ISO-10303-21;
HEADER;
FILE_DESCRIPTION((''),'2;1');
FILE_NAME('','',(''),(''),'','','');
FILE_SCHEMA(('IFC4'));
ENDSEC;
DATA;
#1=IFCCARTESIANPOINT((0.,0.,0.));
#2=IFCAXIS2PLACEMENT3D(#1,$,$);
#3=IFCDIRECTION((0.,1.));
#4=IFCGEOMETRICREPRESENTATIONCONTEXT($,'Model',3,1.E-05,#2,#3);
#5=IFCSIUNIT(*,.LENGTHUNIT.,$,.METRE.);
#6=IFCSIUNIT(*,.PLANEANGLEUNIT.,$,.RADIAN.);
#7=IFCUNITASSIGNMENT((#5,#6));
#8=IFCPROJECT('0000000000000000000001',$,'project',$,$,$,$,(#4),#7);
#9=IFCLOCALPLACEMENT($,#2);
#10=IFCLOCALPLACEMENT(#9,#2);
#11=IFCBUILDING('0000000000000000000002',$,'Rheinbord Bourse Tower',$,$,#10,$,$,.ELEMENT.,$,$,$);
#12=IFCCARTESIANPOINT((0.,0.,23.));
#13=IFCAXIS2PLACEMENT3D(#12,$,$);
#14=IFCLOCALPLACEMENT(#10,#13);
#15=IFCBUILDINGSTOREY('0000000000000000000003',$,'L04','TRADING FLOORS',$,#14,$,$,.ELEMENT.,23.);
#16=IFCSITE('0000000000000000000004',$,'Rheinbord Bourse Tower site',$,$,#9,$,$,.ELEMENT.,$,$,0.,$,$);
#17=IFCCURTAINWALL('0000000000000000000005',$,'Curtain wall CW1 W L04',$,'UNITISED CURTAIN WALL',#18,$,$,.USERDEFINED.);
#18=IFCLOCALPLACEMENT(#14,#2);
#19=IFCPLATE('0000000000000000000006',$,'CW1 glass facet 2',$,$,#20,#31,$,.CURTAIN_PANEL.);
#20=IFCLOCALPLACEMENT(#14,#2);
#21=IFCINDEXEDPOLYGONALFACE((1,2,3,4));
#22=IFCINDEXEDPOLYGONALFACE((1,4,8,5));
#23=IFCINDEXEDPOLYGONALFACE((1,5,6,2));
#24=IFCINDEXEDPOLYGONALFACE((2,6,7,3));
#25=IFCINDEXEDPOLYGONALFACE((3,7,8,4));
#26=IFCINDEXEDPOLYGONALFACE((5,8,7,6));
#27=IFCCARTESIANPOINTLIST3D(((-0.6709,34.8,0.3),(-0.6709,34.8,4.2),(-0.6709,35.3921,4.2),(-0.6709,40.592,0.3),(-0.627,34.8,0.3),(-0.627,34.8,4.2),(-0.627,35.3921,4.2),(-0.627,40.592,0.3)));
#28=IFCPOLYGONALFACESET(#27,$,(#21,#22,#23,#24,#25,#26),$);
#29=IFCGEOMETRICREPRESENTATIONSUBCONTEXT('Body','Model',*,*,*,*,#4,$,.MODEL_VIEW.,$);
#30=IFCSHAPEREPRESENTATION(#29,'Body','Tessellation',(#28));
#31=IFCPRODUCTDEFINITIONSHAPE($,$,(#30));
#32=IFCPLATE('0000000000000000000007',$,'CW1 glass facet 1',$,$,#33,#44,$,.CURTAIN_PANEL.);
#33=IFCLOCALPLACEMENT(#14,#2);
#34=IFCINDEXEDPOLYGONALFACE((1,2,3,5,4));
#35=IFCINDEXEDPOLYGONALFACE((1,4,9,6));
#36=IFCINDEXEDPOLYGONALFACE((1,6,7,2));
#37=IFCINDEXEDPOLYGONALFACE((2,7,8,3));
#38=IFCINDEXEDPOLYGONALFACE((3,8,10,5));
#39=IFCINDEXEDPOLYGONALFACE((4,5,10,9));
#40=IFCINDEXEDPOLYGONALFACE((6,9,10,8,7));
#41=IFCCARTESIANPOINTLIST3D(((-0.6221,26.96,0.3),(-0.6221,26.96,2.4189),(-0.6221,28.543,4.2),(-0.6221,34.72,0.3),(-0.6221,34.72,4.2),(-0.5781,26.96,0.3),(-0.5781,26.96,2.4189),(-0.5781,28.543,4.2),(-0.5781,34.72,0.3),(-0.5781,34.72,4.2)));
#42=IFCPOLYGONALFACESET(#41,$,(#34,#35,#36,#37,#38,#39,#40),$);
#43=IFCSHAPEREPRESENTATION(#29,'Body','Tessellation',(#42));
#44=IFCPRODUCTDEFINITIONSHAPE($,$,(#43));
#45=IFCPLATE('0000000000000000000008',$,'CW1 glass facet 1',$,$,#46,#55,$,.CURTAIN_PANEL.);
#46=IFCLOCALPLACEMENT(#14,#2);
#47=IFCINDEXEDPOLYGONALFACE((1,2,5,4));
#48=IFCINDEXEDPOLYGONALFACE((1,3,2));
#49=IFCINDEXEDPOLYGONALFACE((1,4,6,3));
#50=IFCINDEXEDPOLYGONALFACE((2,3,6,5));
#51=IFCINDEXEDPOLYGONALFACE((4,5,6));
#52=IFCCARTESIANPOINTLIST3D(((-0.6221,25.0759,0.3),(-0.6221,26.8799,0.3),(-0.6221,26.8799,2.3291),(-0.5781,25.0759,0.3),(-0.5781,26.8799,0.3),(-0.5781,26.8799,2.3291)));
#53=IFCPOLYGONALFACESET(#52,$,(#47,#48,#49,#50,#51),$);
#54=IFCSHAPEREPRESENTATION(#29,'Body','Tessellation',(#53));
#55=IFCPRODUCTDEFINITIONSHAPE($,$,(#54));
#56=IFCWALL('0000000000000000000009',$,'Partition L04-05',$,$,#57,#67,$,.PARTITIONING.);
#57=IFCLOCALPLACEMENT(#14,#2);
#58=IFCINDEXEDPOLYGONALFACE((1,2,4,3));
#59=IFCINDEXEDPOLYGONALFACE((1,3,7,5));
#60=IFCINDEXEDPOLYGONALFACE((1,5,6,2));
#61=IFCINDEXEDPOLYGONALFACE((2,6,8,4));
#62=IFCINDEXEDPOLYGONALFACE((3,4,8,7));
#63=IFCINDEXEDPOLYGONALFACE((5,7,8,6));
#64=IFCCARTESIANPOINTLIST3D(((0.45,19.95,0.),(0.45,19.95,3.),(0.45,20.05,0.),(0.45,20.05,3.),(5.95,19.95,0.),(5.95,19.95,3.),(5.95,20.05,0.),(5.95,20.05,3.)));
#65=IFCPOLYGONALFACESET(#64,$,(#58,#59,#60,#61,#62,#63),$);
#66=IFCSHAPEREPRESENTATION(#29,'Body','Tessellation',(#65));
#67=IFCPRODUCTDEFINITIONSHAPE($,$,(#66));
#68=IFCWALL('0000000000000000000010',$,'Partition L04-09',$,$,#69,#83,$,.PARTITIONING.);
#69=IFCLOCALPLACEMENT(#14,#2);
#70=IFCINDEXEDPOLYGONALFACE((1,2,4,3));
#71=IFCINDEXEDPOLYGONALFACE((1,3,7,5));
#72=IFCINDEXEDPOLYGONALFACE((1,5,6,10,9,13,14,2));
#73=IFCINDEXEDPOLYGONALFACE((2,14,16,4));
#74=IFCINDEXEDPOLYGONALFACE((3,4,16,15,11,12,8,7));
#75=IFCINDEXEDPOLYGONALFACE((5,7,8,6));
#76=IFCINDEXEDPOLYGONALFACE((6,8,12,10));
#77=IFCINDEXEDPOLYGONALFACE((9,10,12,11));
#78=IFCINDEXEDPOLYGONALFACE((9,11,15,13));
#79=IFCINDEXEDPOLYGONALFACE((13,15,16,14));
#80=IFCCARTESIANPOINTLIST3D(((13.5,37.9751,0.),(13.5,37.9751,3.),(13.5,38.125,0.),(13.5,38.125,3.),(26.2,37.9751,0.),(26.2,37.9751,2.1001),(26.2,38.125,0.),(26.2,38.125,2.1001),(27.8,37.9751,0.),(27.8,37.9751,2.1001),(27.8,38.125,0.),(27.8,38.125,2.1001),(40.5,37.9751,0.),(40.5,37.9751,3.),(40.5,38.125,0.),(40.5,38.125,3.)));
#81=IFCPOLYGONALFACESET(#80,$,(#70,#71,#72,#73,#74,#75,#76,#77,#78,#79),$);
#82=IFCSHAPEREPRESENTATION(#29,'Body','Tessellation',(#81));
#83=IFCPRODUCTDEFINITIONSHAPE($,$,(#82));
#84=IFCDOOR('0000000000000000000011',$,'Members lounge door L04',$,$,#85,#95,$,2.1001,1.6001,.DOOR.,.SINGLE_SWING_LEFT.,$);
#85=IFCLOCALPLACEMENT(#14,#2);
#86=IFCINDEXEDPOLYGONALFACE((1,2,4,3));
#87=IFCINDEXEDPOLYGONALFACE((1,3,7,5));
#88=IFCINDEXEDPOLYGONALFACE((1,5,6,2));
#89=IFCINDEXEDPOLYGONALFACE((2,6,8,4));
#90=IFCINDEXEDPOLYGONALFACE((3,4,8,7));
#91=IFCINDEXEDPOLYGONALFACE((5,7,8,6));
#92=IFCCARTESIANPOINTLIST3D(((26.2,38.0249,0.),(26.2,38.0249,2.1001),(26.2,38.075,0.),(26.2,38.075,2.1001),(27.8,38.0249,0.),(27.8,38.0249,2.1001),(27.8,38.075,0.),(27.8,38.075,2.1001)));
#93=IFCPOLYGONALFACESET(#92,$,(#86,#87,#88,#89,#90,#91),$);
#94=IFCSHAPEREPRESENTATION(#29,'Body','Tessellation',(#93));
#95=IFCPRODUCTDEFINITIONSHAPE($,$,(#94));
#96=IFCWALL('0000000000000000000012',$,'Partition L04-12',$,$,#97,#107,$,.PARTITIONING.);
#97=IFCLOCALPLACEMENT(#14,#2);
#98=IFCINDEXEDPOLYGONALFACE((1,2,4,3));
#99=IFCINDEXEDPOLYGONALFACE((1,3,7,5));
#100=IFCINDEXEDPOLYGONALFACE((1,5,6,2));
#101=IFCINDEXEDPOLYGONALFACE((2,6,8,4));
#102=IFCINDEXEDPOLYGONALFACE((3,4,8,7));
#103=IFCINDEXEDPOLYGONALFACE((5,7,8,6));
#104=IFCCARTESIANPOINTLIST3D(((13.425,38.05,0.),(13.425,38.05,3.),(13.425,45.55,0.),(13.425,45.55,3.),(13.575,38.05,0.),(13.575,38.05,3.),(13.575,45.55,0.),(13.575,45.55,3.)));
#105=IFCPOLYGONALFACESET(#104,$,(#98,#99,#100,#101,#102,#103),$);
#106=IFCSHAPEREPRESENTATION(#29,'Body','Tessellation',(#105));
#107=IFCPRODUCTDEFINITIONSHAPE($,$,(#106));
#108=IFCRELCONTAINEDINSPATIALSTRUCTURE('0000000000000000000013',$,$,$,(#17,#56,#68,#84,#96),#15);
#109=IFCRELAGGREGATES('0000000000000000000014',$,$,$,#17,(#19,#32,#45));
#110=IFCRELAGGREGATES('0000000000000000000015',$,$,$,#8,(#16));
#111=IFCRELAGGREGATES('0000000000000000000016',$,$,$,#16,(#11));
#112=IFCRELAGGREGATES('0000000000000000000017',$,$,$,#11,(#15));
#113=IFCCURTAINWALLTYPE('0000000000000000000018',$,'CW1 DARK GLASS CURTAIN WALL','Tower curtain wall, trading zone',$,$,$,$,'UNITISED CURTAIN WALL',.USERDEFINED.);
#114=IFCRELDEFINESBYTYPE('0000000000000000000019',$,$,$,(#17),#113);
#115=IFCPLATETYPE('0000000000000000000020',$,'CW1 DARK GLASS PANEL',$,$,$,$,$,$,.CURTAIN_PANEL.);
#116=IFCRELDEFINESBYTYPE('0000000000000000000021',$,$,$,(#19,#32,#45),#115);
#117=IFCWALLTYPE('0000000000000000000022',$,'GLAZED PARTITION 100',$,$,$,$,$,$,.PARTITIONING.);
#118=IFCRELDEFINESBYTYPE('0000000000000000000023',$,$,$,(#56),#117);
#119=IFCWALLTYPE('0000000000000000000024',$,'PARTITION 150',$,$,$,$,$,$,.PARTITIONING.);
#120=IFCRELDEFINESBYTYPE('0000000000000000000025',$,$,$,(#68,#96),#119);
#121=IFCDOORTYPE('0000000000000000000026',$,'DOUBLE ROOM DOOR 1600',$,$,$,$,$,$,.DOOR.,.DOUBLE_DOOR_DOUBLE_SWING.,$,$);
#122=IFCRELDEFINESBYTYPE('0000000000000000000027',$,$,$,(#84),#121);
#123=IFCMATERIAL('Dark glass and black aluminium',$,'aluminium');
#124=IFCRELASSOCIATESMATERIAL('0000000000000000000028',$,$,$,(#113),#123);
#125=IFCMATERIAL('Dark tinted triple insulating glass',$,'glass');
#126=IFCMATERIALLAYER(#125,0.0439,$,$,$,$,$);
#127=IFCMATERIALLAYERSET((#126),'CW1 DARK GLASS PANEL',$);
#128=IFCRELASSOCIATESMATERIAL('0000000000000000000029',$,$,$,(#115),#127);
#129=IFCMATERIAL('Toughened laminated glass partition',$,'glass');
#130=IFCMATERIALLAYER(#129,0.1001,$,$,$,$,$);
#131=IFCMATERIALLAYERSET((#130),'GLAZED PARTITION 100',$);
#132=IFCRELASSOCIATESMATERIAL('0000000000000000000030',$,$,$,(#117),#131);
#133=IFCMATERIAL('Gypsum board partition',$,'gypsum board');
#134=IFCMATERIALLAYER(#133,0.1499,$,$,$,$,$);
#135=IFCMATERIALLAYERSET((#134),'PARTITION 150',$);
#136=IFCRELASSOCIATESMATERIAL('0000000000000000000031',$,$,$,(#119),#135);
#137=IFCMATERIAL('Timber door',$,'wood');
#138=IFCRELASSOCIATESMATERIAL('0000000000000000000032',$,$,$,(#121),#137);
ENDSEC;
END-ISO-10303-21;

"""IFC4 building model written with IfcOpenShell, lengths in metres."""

from ifc_helpers import new_model, si_unit, direction, frame, frame_2d, origin, place, context, subcontext, project, spatial, polyline, rectangle, outline, extrude, material, layer, layer_set, type_object, element, fill, aggregate, save


model = new_model("IFC4")

# Units and contexts
model_context = context("Model", 3, precision=1e-05, world=origin(), true_north=direction((0.0, 1.0)))
body_context = subcontext(model_context, "Body", "Model", "MODEL_VIEW")
ifc_project = project(units=[si_unit("LENGTHUNIT", "METRE"), si_unit("PLANEANGLEUNIT", "RADIAN")], contexts=[model_context])

# Site, building, storey
site_placement = place(None, origin())
site = spatial("IfcSite", under=ifc_project, at=site_placement, Name="Rheinbord Bourse Tower site", CompositionType="ELEMENT", RefElevation=0.0)
building_placement = place(site_placement, origin())
building = spatial("IfcBuilding", under=site, at=building_placement, Name="Rheinbord Bourse Tower", CompositionType="ELEMENT")
storey_placement = place(building_placement, frame((0.0, 0.0, 23.0)))
storey = spatial("IfcBuildingStorey", under=building, at=storey_placement, Name="L04", Description="TRADING FLOORS", CompositionType="ELEMENT", Elevation=23.0)

# Curtain wall
ifc_material_1 = material(Name="Dark glass and black aluminium", Category="aluminium")
curtain_wall_type = type_object("IfcCurtainWallType", Name="CW1 DARK GLASS CURTAIN WALL", Description="Tower curtain wall, trading zone", ElementType="UNITISED CURTAIN WALL", PredefinedType="USERDEFINED", material=ifc_material_1)
curtain_wall_placement = place(storey_placement, origin())
curtain_wall = element("IfcCurtainWall", 1, at=curtain_wall_placement, inside=storey, type_object=curtain_wall_type, Name="Curtain wall CW1 W L04", ObjectType="UNITISED CURTAIN WALL", PredefinedType="USERDEFINED")

# Plates
ifc_material_2 = material(Name="Dark tinted triple insulating glass", Category="glass")
ifc_layer_1 = layer(ifc_material_2, 0.0439)
ifc_layer_set_1 = layer_set([ifc_layer_1], Name="CW1 DARK GLASS PANEL")
plate_type = type_object("IfcPlateType", Name="CW1 DARK GLASS PANEL", PredefinedType="CURTAIN_PANEL", material=ifc_layer_set_1)
plate_1_placement = place(storey_placement, frame((-0.6709, 34.8, 4.2), z_axis=(1.0, 0.0, 0.0), x_axis=(0.0, 0.0, -1.0)))
plate_1 = element("IfcPlate", 2, at=plate_1_placement, type_object=plate_type, Name="CW1 glass facet 2", PredefinedType="CURTAIN_PANEL", context=body_context, shape_type="SweptSolid", body=[
    extrude(outline(polyline([(0.0, 0.0), (3.8999, 0.0), (3.8999, 5.792), (0.0, 0.592), (0.0, 0.0)])), origin(), (0.0, 0.0, 1.0), 0.0439),
])
plate_2_placement = place(storey_placement, frame((-0.6221, 26.96, 0.3), z_axis=(1.0, 0.0, 0.0), x_axis=(0.0, 1.0, 0.0)))
plate_2 = element("IfcPlate", 3, at=plate_2_placement, type_object=plate_type, Name="CW1 glass facet 1", PredefinedType="CURTAIN_PANEL", context=body_context, shape_type="SweptSolid", body=[
    extrude(outline(polyline([(0.0, 0.0), (7.76, 0.0), (7.76, 3.8999), (1.583, 3.8999), (0.0, 2.1189), (0.0, 0.0)])), origin(), (0.0, 0.0, 1.0), 0.0439),
])
plate_3_placement = place(storey_placement, frame((-0.6221, 26.8799, 0.3), z_axis=(1.0, 0.0, 0.0), x_axis=(0.0, 0.0, 1.0)))
plate_3 = element("IfcPlate", 4, at=plate_3_placement, type_object=plate_type, Name="CW1 glass facet 1", PredefinedType="CURTAIN_PANEL", context=body_context, shape_type="SweptSolid", body=[
    extrude(outline(polyline([(0.0, 0.0), (2.0291, 0.0), (0.0, 1.804), (0.0, 0.0)])), origin(), (0.0, 0.0, 1.0), 0.0439),
])
aggregate(curtain_wall, [plate_1, plate_2, plate_3])

# Wall
ifc_material_3 = material(Name="Toughened laminated glass partition", Category="glass")
ifc_layer_2 = layer(ifc_material_3, 0.1001)
ifc_layer_set_2 = layer_set([ifc_layer_2], Name="GLAZED PARTITION 100")
wall_type_1 = type_object("IfcWallType", Name="GLAZED PARTITION 100", PredefinedType="PARTITIONING", material=ifc_layer_set_2)
wall_1_placement = place(storey_placement, frame((0.45, 20.0, 0.0), z_axis=(0.0, 0.0, 1.0), x_axis=(1.0, 0.0, 0.0)))
element("IfcWall", 5, at=wall_1_placement, inside=storey, type_object=wall_type_1, Name="Partition L04-05", PredefinedType="PARTITIONING", context=body_context, shape_type="SweptSolid", body=[
    extrude(rectangle(XDim=5.5, YDim=0.1001, at=frame_2d((2.75, 0.0))), origin(), (0.0, 0.0, 1.0), 3.0),
])

# Wall, opening, door
ifc_material_4 = material(Name="Gypsum board partition", Category="gypsum board")
ifc_layer_3 = layer(ifc_material_4, 0.1499)
ifc_layer_set_3 = layer_set([ifc_layer_3], Name="PARTITION 150")
wall_type_2 = type_object("IfcWallType", Name="PARTITION 150", PredefinedType="PARTITIONING", material=ifc_layer_set_3)
wall_2_placement = place(storey_placement, frame((13.5, 38.05, 0.0), z_axis=(0.0, 0.0, 1.0), x_axis=(1.0, 0.0, 0.0)))
wall_2 = element("IfcWall", 6, at=wall_2_placement, inside=storey, type_object=wall_type_2, Name="Partition L04-09", PredefinedType="PARTITIONING", context=body_context, shape_type="SweptSolid", body=[
    extrude(rectangle(XDim=27.0, YDim=0.1499, at=frame_2d((13.5, 0.0))), origin(), (0.0, 0.0, 1.0), 3.0),
])
opening_placement = place(wall_2_placement, frame((12.7, 0.0, 0.0)))
opening = element("IfcOpeningElement", 7, at=opening_placement, cuts=wall_2, PredefinedType="OPENING", context=body_context, shape_type="SweptSolid", body=[
    extrude(rectangle(XDim=1.6001, YDim=2.1001, at=frame_2d((0.8, 1.05))), frame((0.0, 0.085, 0.0), z_axis=(0.0, -1.0, 0.0), x_axis=(1.0, 0.0, 0.0)), (0.0, 0.0, 1.0), 0.1699),
])
ifc_material_5 = material(Name="Timber door", Category="wood")
door_type = type_object("IfcDoorType", Name="DOUBLE ROOM DOOR 1600", OperationType="DOUBLE_DOOR_DOUBLE_SWING", PredefinedType="DOOR", material=ifc_material_5)
door_placement = place(opening_placement, origin())
door = element("IfcDoor", 8, at=door_placement, inside=storey, type_object=door_type, Name="Members lounge door L04", OperationType="SINGLE_SWING_LEFT", OverallHeight=2.1001, OverallWidth=1.6001, PredefinedType="DOOR", context=body_context, shape_type="SweptSolid", body=[
    extrude(rectangle(XDim=1.6001, YDim=2.1001, at=frame_2d((0.8, 1.05))), frame((0.0, 0.0249, 0.0), z_axis=(0.0, -1.0, 0.0), x_axis=(1.0, 0.0, 0.0)), (0.0, 0.0, 1.0), 0.05),
])
fill(opening, door)

# Wall
wall_3_placement = place(storey_placement, frame((13.5, 38.05, 0.0), z_axis=(0.0, 0.0, 1.0), x_axis=(0.0, 1.0, 0.0)))
element("IfcWall", 9, at=wall_3_placement, inside=storey, type_object=wall_type_2, Name="Partition L04-12", PredefinedType="PARTITIONING", context=body_context, shape_type="SweptSolid", body=[
    extrude(rectangle(XDim=7.5, YDim=0.1499, at=frame_2d((3.75, 0.0))), origin(), (0.0, 0.0, 1.0), 3.0),
])

save(model, "model.ifc")
